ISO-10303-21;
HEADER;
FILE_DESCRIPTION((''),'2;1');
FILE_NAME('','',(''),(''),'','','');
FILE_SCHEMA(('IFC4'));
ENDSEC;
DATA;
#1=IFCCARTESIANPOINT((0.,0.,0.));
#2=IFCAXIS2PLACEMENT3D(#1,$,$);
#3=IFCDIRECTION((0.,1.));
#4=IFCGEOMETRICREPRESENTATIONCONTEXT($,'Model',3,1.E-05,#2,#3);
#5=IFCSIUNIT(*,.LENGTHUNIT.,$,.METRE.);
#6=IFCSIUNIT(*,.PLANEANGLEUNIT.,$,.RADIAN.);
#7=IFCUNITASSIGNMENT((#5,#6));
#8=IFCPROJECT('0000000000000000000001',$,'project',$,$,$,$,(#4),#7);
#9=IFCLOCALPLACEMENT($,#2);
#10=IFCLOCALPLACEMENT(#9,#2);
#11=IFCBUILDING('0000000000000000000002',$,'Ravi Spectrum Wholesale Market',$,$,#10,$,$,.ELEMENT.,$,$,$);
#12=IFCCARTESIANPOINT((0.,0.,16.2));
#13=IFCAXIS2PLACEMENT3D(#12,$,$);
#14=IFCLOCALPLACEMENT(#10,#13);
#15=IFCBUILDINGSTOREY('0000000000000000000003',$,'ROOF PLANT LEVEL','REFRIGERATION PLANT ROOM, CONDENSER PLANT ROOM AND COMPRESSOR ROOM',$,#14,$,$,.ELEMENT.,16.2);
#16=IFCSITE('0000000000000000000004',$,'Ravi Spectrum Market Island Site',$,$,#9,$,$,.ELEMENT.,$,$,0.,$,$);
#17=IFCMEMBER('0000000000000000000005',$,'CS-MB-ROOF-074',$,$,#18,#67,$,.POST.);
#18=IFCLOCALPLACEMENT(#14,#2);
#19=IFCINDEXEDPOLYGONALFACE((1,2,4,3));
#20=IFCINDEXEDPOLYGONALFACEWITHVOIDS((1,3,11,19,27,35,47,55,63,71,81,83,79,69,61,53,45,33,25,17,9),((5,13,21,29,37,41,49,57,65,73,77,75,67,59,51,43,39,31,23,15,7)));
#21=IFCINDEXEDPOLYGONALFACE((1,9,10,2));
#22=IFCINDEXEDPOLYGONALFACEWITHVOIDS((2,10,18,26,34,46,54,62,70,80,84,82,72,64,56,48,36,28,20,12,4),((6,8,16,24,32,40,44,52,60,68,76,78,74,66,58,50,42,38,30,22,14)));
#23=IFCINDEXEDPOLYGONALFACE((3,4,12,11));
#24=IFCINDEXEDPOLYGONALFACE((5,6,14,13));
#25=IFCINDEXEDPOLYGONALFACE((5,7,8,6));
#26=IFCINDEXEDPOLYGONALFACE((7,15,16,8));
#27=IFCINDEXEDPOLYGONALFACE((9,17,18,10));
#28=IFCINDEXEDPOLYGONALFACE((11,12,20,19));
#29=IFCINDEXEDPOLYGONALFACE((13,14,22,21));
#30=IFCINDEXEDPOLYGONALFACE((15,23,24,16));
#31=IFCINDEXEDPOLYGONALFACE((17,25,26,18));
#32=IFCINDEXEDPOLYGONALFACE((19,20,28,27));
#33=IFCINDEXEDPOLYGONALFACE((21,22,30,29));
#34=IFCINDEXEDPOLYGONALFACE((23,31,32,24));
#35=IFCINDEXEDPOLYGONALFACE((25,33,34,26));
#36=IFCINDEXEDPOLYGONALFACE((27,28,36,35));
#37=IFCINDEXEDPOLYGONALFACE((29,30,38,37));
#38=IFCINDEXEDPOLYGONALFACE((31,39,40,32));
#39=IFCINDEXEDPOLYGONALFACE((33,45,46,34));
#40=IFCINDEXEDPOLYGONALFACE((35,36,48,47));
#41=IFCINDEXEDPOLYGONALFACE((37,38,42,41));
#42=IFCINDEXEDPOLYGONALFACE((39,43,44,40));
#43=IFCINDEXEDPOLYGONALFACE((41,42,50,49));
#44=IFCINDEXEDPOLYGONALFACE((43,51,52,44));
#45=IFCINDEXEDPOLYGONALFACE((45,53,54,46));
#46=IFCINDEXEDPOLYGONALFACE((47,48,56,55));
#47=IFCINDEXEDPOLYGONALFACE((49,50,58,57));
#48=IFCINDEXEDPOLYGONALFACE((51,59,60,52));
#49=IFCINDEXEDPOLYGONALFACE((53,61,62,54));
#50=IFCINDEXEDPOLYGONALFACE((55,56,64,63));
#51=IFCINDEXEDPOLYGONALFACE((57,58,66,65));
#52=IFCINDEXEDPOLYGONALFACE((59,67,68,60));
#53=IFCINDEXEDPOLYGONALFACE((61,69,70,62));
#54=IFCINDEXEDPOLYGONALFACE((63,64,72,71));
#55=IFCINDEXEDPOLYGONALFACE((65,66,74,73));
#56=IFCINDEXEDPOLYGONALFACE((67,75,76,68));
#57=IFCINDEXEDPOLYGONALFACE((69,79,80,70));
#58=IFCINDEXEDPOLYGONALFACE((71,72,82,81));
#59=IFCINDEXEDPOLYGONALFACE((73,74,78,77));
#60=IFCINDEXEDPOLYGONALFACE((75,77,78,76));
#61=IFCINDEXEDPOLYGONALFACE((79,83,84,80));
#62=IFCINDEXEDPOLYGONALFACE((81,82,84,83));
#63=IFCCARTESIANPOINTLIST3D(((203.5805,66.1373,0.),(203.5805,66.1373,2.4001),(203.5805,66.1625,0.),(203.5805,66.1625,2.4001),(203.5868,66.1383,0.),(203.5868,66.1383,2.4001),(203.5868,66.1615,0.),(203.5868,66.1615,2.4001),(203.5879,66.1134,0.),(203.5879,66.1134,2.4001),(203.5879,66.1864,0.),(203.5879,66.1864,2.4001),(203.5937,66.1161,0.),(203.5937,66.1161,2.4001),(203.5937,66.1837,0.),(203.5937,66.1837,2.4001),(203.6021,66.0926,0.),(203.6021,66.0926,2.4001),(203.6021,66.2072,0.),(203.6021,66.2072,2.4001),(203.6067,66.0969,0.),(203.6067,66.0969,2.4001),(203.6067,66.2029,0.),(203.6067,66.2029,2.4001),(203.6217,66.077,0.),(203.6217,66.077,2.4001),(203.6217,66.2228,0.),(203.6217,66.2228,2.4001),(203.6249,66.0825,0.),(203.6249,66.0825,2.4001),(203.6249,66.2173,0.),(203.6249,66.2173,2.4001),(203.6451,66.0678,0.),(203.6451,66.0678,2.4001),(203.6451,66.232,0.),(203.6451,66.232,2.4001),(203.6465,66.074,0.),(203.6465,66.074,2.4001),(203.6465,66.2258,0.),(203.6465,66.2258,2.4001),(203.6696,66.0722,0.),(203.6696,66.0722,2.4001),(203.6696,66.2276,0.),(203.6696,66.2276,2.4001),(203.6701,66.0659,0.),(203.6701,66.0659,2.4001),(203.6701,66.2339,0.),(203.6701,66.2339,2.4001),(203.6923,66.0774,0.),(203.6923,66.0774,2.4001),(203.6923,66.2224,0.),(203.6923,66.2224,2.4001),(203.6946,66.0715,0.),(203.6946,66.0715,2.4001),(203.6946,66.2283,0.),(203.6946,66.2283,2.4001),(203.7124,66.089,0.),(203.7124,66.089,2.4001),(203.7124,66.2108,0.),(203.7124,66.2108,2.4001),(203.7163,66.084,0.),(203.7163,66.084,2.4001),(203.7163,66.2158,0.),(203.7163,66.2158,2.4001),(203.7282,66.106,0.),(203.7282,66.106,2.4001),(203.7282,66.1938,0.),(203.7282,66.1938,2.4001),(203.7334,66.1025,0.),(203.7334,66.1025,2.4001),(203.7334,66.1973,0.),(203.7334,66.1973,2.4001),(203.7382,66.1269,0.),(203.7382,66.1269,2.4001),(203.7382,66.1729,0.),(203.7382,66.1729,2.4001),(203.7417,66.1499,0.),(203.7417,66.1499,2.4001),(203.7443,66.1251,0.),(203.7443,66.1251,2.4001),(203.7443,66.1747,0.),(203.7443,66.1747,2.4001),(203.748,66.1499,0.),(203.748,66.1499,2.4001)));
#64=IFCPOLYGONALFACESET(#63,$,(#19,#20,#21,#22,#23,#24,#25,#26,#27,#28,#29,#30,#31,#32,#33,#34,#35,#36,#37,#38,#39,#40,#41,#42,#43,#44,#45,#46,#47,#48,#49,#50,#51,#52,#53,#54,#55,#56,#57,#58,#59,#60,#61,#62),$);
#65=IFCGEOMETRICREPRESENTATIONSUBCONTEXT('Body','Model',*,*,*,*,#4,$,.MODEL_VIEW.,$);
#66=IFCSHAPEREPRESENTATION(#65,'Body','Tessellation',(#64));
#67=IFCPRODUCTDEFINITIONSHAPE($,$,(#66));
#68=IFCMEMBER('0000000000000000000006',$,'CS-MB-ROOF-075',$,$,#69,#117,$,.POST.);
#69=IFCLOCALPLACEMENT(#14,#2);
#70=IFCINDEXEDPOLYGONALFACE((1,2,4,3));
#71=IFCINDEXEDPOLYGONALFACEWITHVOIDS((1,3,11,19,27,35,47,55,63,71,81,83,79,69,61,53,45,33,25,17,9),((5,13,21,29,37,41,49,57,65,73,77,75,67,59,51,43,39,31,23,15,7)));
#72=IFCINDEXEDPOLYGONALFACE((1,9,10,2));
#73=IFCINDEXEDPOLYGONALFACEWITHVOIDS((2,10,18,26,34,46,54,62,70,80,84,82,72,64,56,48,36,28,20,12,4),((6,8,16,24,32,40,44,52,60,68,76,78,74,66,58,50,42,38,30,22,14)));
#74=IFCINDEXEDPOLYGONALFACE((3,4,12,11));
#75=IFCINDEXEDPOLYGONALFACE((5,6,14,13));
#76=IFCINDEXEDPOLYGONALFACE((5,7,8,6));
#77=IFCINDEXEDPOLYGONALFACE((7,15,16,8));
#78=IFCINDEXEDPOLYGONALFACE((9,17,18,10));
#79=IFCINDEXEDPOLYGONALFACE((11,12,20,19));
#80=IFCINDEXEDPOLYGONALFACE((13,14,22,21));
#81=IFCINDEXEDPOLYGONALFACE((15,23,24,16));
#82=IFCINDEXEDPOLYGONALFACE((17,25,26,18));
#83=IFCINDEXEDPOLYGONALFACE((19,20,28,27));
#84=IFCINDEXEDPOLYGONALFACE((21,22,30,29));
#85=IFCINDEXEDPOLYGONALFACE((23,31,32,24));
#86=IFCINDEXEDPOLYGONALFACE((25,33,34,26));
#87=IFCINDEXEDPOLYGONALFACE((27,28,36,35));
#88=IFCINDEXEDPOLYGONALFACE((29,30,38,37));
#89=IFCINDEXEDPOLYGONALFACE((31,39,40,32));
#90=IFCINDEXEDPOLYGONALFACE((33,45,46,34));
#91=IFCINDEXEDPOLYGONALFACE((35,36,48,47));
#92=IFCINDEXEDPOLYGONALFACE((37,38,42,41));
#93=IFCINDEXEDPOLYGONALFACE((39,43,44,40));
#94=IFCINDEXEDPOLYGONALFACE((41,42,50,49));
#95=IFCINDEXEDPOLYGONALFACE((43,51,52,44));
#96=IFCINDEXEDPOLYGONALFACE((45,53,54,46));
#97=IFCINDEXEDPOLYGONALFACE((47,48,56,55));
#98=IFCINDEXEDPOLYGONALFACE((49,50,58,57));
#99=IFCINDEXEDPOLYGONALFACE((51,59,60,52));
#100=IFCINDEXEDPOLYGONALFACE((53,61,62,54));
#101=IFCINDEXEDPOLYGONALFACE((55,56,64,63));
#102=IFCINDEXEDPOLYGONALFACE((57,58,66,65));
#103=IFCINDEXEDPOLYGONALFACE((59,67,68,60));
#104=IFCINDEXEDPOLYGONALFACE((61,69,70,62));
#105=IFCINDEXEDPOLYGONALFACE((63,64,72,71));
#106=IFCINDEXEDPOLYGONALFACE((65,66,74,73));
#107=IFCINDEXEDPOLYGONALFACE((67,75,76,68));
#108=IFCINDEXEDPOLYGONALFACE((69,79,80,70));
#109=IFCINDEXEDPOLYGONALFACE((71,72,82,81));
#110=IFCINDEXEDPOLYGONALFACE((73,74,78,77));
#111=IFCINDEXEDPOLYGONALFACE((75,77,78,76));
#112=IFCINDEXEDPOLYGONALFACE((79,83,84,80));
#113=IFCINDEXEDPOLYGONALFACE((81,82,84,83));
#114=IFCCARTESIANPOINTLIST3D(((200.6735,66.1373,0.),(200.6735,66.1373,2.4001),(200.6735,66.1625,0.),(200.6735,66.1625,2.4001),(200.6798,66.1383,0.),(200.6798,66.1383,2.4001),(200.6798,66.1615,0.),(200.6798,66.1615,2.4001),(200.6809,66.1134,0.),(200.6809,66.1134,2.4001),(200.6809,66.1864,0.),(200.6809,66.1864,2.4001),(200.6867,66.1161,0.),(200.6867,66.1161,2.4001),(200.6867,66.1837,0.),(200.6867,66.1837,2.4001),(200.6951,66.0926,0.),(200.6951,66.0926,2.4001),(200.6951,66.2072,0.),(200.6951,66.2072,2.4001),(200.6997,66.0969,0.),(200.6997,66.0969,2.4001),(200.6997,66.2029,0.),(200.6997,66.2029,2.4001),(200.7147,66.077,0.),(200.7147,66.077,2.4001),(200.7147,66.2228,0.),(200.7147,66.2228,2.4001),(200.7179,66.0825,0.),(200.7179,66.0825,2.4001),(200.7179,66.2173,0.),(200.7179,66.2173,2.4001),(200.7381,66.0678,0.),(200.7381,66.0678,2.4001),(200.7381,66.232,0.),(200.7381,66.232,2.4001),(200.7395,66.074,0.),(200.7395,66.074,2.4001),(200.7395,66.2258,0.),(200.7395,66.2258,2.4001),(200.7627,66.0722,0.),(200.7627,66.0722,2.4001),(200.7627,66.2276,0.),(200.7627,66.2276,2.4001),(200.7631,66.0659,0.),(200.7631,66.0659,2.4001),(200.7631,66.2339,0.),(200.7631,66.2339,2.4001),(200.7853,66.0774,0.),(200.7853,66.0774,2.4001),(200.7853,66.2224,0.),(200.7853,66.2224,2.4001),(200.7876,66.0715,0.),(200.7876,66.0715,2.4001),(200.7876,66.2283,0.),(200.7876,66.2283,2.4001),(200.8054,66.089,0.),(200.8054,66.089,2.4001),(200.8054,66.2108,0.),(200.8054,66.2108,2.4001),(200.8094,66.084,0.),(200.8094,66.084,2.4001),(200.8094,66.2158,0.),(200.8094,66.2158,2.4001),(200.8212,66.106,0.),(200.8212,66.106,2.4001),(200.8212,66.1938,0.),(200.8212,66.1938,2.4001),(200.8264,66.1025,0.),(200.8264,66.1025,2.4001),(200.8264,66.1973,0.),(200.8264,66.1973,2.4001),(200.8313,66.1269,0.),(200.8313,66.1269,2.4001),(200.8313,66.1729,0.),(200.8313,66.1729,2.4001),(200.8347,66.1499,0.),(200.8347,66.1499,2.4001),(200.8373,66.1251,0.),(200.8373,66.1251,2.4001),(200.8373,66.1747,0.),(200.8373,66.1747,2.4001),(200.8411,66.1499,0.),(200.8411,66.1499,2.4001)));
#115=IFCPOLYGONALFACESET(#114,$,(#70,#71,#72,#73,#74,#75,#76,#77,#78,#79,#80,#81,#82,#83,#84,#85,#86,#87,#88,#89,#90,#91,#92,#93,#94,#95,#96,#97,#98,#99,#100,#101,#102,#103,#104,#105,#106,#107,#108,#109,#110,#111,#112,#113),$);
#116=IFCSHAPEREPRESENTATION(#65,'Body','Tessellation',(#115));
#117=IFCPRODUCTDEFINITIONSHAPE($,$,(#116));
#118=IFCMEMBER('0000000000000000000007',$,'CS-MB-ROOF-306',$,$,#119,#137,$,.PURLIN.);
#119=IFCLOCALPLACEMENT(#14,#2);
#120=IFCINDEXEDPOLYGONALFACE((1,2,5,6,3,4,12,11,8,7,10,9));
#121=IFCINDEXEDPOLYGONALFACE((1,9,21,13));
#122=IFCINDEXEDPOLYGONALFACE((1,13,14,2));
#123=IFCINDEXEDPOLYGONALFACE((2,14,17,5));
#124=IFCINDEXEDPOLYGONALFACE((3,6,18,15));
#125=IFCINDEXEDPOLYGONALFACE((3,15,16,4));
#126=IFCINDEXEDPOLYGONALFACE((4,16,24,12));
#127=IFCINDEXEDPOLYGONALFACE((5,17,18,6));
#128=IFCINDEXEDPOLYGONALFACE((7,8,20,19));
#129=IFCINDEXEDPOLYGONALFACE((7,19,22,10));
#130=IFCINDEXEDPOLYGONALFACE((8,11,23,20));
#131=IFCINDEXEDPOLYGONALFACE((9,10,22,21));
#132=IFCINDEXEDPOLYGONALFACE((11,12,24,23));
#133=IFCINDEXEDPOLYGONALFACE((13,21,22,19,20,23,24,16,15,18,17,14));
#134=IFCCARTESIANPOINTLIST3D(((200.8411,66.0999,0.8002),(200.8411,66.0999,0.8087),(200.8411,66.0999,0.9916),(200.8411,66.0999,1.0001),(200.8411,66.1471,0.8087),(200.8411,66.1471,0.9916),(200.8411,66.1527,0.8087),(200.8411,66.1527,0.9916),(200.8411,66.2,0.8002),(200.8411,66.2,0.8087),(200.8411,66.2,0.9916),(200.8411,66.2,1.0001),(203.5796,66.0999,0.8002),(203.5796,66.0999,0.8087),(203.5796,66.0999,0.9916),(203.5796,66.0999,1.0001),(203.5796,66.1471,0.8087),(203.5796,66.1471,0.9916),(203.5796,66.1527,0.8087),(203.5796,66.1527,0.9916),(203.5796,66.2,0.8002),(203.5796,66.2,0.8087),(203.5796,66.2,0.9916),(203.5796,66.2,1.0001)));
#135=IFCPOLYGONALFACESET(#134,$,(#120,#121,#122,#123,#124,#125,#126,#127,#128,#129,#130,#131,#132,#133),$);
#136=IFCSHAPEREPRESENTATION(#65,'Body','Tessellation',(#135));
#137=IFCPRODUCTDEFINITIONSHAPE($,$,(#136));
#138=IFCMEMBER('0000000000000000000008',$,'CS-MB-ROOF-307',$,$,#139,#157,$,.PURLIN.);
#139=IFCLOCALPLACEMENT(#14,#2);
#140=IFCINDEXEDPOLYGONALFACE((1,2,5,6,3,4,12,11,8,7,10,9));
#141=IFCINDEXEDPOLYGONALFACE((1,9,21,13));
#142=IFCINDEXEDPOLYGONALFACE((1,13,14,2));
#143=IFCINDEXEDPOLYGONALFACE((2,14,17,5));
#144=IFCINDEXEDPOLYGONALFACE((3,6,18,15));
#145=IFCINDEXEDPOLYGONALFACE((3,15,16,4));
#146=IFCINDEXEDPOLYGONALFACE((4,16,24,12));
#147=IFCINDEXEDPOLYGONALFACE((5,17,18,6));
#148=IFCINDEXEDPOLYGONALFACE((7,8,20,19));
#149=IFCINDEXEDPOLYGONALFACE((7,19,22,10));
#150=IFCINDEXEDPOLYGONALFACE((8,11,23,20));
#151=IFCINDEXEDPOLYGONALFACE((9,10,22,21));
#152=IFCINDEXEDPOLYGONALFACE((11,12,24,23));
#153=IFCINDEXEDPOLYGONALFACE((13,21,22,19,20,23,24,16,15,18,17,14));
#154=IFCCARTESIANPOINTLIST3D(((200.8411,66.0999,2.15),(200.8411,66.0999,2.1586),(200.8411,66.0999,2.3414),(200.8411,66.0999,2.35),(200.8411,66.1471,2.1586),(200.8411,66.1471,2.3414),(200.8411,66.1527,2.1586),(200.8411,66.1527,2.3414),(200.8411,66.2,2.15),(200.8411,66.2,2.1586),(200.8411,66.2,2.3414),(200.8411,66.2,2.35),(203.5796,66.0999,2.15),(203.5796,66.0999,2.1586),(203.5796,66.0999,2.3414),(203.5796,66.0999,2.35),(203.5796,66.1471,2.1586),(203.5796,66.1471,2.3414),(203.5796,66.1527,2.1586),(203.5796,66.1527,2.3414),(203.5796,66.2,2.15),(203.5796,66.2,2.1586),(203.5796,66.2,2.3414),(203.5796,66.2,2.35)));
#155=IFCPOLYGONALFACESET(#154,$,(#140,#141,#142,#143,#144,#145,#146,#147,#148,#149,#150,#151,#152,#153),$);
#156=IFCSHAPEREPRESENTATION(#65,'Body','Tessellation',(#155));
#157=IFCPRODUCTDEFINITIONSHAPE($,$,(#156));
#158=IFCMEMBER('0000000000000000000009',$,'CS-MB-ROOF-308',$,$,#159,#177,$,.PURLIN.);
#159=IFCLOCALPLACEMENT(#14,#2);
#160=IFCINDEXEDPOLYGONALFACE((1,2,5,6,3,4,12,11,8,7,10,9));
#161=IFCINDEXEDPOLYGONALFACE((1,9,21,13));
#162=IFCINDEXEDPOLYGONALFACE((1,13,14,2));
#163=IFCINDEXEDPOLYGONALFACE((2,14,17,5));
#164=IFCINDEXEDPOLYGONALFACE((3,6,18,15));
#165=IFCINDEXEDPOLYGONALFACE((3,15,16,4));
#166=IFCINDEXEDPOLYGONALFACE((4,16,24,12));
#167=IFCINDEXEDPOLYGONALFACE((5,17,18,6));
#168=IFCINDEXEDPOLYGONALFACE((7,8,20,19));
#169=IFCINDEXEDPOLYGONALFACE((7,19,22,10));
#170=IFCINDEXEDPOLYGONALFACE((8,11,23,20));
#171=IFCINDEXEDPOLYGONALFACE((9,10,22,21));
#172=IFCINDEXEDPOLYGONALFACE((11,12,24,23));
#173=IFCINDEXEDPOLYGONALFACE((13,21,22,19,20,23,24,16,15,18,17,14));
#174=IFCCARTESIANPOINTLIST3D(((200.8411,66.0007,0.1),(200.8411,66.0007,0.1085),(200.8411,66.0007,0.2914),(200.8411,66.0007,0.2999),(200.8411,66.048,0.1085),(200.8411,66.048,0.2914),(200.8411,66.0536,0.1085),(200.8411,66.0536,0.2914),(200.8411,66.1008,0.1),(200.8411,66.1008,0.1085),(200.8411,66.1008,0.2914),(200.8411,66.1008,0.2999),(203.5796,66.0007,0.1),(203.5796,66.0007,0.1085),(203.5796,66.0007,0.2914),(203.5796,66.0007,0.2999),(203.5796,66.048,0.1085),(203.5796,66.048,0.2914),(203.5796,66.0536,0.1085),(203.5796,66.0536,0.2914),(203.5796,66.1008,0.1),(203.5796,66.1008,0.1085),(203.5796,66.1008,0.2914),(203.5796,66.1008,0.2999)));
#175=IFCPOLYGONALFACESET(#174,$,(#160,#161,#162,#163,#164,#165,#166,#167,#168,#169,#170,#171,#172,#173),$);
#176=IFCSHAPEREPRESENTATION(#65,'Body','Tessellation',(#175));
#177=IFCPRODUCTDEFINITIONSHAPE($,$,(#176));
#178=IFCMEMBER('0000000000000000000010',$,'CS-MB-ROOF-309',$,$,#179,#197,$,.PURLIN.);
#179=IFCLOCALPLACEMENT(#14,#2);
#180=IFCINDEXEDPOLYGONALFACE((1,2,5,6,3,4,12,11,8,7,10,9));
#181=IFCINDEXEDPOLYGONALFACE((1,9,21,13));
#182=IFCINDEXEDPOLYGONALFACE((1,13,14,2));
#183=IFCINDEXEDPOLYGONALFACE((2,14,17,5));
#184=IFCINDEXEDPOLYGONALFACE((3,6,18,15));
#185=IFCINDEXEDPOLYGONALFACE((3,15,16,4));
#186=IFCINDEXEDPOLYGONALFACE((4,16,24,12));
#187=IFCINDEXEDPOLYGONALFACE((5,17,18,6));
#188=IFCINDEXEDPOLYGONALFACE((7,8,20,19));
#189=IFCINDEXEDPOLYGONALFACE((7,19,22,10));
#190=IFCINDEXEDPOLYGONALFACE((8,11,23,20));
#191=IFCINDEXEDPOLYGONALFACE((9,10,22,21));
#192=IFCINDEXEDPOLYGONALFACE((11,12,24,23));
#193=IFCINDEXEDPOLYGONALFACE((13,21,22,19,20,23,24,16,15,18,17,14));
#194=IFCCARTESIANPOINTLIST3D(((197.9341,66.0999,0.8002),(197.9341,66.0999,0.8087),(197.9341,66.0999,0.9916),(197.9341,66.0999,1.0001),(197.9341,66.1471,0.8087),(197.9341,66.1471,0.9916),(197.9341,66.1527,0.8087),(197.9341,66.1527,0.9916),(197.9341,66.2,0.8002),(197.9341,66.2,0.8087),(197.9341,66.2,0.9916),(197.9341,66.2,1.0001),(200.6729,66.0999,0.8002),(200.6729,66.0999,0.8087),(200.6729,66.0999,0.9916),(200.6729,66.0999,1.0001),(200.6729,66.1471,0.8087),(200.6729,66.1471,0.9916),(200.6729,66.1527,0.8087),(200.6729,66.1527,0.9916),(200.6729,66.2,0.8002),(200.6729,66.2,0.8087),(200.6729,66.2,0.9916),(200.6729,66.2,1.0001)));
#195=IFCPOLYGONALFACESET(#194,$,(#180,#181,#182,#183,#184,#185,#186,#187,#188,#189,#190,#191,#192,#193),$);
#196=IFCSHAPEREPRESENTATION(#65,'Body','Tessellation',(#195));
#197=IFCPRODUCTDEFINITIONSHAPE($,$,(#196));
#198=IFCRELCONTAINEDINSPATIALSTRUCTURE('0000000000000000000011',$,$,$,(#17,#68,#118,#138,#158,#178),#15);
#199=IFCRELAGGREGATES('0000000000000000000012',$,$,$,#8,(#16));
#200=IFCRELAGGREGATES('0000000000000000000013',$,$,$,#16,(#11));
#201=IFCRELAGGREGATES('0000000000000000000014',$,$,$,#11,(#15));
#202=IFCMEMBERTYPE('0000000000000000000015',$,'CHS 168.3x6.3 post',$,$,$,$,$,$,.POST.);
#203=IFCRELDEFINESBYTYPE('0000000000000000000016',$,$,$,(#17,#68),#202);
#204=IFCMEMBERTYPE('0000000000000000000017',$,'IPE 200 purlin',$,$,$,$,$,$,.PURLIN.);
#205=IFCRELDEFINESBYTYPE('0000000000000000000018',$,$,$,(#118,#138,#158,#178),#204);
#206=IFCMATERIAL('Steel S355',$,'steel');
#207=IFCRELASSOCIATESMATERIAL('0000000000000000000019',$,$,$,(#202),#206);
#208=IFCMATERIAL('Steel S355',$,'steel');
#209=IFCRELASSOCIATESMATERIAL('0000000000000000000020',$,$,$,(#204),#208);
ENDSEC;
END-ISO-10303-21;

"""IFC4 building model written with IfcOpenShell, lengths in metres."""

from ifc_helpers import new_model, si_unit, direction, frame, origin, origin_2d, place, context, subcontext, project, spatial, hollow_circle, i_section, extrude, material, material_profile, profile_set, type_object, element, save


model = new_model("IFC4")

# Units and contexts
model_context = context("Model", 3, precision=1e-05, world=origin(), true_north=direction((0.0, 1.0)))
body_context = subcontext(model_context, "Body", "Model", "MODEL_VIEW")
ifc_project = project(units=[si_unit("LENGTHUNIT", "METRE"), si_unit("PLANEANGLEUNIT", "RADIAN")], contexts=[model_context])

# Site, building, storey
site_placement = place(None, origin())
site = spatial("IfcSite", under=ifc_project, at=site_placement, Name="Ravi Spectrum Market Island Site", CompositionType="ELEMENT", RefElevation=0.0)
building_placement = place(site_placement, origin())
building = spatial("IfcBuilding", under=site, at=building_placement, Name="Ravi Spectrum Wholesale Market", CompositionType="ELEMENT")
storey_placement = place(building_placement, frame((0.0, 0.0, 16.2)))
storey = spatial("IfcBuildingStorey", under=building, at=storey_placement, Name="ROOF PLANT LEVEL", Description="REFRIGERATION PLANT ROOM, CONDENSER PLANT ROOM AND COMPRESSOR ROOM", CompositionType="ELEMENT", Elevation=16.2)

# Members
ifc_material_1 = material(Name="Steel S355", Category="steel")
ifc_material_profile_1 = material_profile(ifc_material_1, hollow_circle(Radius=0.0842, WallThickness=0.0063, at=origin_2d()))
ifc_profile_set_1 = profile_set([ifc_material_profile_1], Name="Steel S355")
member_type_1 = type_object("IfcMemberType", Name="CHS 168.3x6.3 post", PredefinedType="POST", material=ifc_profile_set_1)
for number, where, z_axis, x_axis, name in (
    (1, (203.6638, 66.1499, 0.0), (0.0, 0.0, 1.0), (1.0, 0.0, 0.0), "CS-MB-ROOF-074"),
    (2, (200.7568, 66.1499, 0.0), (0.0, 0.0, 1.0), (1.0, 0.0, 0.0), "CS-MB-ROOF-075"),
):
    element("IfcMember", number, at=place(storey_placement, frame(where, z_axis=z_axis, x_axis=x_axis)), inside=storey, type_object=member_type_1, Name=name, PredefinedType="POST", context=body_context, shape_type="SweptSolid", body=[
        extrude(hollow_circle(Radius=0.0842, WallThickness=0.0063, at=origin_2d()), origin(), (0.0, 0.0, 1.0), 2.4001),
    ])
ifc_material_2 = material(Name="Steel S355", Category="steel")
ifc_material_profile_2 = material_profile(ifc_material_2, i_section(OverallWidth=0.1001, OverallDepth=0.2, WebThickness=0.0056, FlangeThickness=0.0085, at=origin_2d()))
ifc_profile_set_2 = profile_set([ifc_material_profile_2], Name="Steel S355")
member_type_2 = type_object("IfcMemberType", Name="IPE 200 purlin", PredefinedType="PURLIN", material=ifc_profile_set_2)
for number, where, z_axis, x_axis, name in (
    (3, (203.5796, 66.1499, 0.9001), (-1.0, 0.0, 0.0), (0.0, -1.0, 0.0), "CS-MB-ROOF-306"),
    (4, (203.5796, 66.1499, 2.25), (-1.0, 0.0, 0.0), (0.0, -1.0, 0.0), "CS-MB-ROOF-307"),
    (5, (203.5796, 66.0508, 0.2), (-1.0, 0.0, 0.0), (0.0, -1.0, 0.0), "CS-MB-ROOF-308"),
):
    element("IfcMember", number, at=place(storey_placement, frame(where, z_axis=z_axis, x_axis=x_axis)), inside=storey, type_object=member_type_2, Name=name, PredefinedType="PURLIN", context=body_context, shape_type="SweptSolid", body=[
        extrude(i_section(OverallWidth=0.1001, OverallDepth=0.2, WebThickness=0.0056, FlangeThickness=0.0085, at=origin_2d()), origin(), (0.0, 0.0, 1.0), 2.7385),
    ])
for number, where, z_axis, x_axis, name in (
    (6, (200.6729, 66.1499, 0.9001), (-1.0, 0.0, 0.0), (0.0, -1.0, 0.0), "CS-MB-ROOF-309"),
):
    element("IfcMember", number, at=place(storey_placement, frame(where, z_axis=z_axis, x_axis=x_axis)), inside=storey, type_object=member_type_2, Name=name, PredefinedType="PURLIN", context=body_context, shape_type="SweptSolid", body=[
        extrude(i_section(OverallWidth=0.1001, OverallDepth=0.2, WebThickness=0.0056, FlangeThickness=0.0085, at=origin_2d()), origin(), (0.0, 0.0, 1.0), 2.7388),
    ])

save(model, "model.ifc")
